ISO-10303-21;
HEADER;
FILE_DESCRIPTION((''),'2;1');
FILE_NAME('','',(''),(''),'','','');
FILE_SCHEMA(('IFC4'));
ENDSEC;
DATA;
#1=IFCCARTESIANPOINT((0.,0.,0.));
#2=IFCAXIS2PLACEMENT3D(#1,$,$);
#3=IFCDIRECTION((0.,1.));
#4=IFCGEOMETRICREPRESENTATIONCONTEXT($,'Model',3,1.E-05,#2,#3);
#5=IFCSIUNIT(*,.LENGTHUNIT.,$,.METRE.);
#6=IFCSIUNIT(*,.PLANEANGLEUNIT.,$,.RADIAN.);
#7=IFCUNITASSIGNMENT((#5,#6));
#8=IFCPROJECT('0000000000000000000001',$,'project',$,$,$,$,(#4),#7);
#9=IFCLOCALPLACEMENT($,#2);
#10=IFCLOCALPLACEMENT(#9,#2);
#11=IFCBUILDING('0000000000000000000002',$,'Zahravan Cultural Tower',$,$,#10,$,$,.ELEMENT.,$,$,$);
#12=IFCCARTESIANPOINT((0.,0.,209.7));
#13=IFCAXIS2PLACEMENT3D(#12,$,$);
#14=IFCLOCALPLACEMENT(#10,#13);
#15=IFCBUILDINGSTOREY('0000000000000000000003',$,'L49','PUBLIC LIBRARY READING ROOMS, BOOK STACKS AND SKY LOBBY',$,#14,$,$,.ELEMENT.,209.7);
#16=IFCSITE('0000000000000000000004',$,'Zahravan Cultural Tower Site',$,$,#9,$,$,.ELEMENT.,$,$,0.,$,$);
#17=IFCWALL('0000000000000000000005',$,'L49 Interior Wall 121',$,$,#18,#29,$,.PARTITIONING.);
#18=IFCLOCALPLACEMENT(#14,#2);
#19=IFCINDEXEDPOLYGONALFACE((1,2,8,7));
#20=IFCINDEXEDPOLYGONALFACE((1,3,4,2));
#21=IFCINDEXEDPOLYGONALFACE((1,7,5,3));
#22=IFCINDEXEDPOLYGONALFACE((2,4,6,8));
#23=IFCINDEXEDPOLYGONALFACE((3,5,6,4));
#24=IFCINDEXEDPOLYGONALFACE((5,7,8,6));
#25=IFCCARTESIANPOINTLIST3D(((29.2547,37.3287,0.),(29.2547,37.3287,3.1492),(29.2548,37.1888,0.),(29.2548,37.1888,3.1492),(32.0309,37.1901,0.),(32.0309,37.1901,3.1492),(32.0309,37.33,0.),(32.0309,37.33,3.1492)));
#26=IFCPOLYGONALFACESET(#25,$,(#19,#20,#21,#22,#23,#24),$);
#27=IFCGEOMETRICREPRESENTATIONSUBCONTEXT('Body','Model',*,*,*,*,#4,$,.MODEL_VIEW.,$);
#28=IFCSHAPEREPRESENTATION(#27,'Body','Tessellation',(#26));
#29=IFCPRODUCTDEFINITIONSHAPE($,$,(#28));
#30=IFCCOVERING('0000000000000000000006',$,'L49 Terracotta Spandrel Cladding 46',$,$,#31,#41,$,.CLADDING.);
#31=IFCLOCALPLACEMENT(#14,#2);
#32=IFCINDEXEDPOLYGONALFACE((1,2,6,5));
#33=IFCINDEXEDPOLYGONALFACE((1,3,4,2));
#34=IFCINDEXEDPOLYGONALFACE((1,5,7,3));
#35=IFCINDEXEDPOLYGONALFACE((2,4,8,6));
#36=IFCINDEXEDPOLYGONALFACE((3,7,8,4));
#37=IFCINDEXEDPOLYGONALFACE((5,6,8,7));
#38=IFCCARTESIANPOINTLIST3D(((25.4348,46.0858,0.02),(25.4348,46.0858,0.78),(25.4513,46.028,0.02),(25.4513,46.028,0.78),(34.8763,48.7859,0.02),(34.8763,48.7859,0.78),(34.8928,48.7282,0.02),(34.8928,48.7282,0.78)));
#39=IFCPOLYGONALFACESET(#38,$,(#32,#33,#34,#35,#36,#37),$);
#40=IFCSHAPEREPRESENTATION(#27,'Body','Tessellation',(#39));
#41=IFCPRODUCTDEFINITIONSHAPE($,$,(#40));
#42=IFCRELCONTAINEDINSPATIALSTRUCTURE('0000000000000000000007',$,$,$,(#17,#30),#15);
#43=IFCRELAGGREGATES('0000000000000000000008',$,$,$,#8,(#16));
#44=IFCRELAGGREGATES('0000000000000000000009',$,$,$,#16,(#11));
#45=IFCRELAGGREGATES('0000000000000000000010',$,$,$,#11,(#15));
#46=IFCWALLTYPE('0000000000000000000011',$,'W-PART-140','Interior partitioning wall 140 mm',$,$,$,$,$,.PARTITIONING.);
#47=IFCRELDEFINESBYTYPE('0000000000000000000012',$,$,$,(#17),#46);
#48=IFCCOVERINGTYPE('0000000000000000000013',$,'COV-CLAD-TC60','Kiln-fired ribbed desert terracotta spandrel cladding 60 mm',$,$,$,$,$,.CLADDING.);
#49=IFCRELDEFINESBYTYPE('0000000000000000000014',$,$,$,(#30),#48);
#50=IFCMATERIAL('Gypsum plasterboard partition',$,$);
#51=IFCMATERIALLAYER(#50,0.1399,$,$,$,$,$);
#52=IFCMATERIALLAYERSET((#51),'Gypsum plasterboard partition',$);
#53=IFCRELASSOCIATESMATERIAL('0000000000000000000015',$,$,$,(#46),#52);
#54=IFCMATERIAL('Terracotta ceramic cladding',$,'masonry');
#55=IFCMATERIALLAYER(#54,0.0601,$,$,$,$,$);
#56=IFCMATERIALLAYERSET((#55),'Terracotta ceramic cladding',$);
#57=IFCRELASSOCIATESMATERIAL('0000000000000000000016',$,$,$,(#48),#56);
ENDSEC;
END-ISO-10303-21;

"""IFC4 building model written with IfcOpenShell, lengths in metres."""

from ifc_helpers import new_model, si_unit, direction, frame, frame_2d, origin, origin_2d, place, context, subcontext, project, spatial, rectangle, extrude, source, transform, mapped, material, layer, layer_set, type_object, element, save


model = new_model("IFC4")

# Units and contexts
model_context = context("Model", 3, precision=1e-05, world=origin(), true_north=direction((0.0, 1.0)))
body_context = subcontext(model_context, "Body", "Model", "MODEL_VIEW")
ifc_project = project(units=[si_unit("LENGTHUNIT", "METRE"), si_unit("PLANEANGLEUNIT", "RADIAN")], contexts=[model_context])

# Site, building, storey
site_placement = place(None, origin())
site = spatial("IfcSite", under=ifc_project, at=site_placement, Name="Zahravan Cultural Tower Site", CompositionType="ELEMENT", RefElevation=0.0)
building_placement = place(site_placement, origin())
building = spatial("IfcBuilding", under=site, at=building_placement, Name="Zahravan Cultural Tower", CompositionType="ELEMENT")
storey_placement = place(building_placement, frame((0.0, 0.0, 209.7)))
storey = spatial("IfcBuildingStorey", under=building, at=storey_placement, Name="L49", Description="PUBLIC LIBRARY READING ROOMS, BOOK STACKS AND SKY LOBBY", CompositionType="ELEMENT", Elevation=209.7)

# Shared definitions
ifc_material_1 = material(Name="Gypsum plasterboard partition")
ifc_layer_1 = layer(ifc_material_1, 0.1399)
ifc_layer_set_1 = layer_set([ifc_layer_1], Name="Gypsum plasterboard partition")
wall_type_1 = type_object("IfcWallType", Name="W-PART-140", Description="Interior partitioning wall 140 mm", PredefinedType="PARTITIONING", material=ifc_layer_set_1)

# Wall
shared_shape_1 = source(origin(), body_context, "Body", "SweptSolid", [
    extrude(rectangle(XDim=2.7761, YDim=0.1399, at=frame_2d((1.3882, 0.0))), origin(), (0.0, 0.0, 1.0), 3.1492),
])
wall_1_placement = place(storey_placement, frame((32.031, 37.26, 0.0), z_axis=(0.0, 0.0, 1.0), x_axis=(-1.0, -0.00044, 0.0)))
element("IfcWall", 1, at=wall_1_placement, inside=storey, type_object=wall_type_1, Name="L49 Interior Wall 121", PredefinedType="PARTITIONING", context=body_context, shape_type="MappedRepresentation", body=[
    mapped(shared_shape_1, transform((0.0, 0.0, 0.0), x_axis=(1.0, 0.0, 0.0), y_axis=(0.0, 1.0, 0.0), z_axis=(0.0, 0.0, 1.0), scale=1.0)),
])

# Covering
ifc_material_2 = material(Name="Terracotta ceramic cladding", Category="masonry")
ifc_layer_2 = layer(ifc_material_2, 0.0601)
ifc_layer_set_2 = layer_set([ifc_layer_2], Name="Terracotta ceramic cladding")
covering_type = type_object("IfcCoveringType", Name="COV-CLAD-TC60", Description="Kiln-fired ribbed desert terracotta spandrel cladding 60 mm", PredefinedType="CLADDING", material=ifc_layer_set_2)
shared_shape_2 = source(origin(), body_context, "Body", "SweptSolid", [
    extrude(rectangle(XDim=9.8201, YDim=0.0601, at=origin_2d()), origin(), (0.0, 0.0, 1.0), 0.76),
])
covering_placement = place(storey_placement, frame((30.1638, 47.407, 0.02), z_axis=(0.0, 0.0, 1.0), x_axis=(0.961454, 0.274966, 0.0)))
element("IfcCovering", 2, at=covering_placement, inside=storey, type_object=covering_type, Name="L49 Terracotta Spandrel Cladding 46", PredefinedType="CLADDING", context=body_context, shape_type="MappedRepresentation", body=[
    mapped(shared_shape_2, transform((0.0, 0.0, 0.0), x_axis=(1.0, 0.0, 0.0), y_axis=(0.0, 1.0, 0.0), z_axis=(0.0, 0.0, 1.0), scale=1.0)),
])

save(model, "model.ifc")
